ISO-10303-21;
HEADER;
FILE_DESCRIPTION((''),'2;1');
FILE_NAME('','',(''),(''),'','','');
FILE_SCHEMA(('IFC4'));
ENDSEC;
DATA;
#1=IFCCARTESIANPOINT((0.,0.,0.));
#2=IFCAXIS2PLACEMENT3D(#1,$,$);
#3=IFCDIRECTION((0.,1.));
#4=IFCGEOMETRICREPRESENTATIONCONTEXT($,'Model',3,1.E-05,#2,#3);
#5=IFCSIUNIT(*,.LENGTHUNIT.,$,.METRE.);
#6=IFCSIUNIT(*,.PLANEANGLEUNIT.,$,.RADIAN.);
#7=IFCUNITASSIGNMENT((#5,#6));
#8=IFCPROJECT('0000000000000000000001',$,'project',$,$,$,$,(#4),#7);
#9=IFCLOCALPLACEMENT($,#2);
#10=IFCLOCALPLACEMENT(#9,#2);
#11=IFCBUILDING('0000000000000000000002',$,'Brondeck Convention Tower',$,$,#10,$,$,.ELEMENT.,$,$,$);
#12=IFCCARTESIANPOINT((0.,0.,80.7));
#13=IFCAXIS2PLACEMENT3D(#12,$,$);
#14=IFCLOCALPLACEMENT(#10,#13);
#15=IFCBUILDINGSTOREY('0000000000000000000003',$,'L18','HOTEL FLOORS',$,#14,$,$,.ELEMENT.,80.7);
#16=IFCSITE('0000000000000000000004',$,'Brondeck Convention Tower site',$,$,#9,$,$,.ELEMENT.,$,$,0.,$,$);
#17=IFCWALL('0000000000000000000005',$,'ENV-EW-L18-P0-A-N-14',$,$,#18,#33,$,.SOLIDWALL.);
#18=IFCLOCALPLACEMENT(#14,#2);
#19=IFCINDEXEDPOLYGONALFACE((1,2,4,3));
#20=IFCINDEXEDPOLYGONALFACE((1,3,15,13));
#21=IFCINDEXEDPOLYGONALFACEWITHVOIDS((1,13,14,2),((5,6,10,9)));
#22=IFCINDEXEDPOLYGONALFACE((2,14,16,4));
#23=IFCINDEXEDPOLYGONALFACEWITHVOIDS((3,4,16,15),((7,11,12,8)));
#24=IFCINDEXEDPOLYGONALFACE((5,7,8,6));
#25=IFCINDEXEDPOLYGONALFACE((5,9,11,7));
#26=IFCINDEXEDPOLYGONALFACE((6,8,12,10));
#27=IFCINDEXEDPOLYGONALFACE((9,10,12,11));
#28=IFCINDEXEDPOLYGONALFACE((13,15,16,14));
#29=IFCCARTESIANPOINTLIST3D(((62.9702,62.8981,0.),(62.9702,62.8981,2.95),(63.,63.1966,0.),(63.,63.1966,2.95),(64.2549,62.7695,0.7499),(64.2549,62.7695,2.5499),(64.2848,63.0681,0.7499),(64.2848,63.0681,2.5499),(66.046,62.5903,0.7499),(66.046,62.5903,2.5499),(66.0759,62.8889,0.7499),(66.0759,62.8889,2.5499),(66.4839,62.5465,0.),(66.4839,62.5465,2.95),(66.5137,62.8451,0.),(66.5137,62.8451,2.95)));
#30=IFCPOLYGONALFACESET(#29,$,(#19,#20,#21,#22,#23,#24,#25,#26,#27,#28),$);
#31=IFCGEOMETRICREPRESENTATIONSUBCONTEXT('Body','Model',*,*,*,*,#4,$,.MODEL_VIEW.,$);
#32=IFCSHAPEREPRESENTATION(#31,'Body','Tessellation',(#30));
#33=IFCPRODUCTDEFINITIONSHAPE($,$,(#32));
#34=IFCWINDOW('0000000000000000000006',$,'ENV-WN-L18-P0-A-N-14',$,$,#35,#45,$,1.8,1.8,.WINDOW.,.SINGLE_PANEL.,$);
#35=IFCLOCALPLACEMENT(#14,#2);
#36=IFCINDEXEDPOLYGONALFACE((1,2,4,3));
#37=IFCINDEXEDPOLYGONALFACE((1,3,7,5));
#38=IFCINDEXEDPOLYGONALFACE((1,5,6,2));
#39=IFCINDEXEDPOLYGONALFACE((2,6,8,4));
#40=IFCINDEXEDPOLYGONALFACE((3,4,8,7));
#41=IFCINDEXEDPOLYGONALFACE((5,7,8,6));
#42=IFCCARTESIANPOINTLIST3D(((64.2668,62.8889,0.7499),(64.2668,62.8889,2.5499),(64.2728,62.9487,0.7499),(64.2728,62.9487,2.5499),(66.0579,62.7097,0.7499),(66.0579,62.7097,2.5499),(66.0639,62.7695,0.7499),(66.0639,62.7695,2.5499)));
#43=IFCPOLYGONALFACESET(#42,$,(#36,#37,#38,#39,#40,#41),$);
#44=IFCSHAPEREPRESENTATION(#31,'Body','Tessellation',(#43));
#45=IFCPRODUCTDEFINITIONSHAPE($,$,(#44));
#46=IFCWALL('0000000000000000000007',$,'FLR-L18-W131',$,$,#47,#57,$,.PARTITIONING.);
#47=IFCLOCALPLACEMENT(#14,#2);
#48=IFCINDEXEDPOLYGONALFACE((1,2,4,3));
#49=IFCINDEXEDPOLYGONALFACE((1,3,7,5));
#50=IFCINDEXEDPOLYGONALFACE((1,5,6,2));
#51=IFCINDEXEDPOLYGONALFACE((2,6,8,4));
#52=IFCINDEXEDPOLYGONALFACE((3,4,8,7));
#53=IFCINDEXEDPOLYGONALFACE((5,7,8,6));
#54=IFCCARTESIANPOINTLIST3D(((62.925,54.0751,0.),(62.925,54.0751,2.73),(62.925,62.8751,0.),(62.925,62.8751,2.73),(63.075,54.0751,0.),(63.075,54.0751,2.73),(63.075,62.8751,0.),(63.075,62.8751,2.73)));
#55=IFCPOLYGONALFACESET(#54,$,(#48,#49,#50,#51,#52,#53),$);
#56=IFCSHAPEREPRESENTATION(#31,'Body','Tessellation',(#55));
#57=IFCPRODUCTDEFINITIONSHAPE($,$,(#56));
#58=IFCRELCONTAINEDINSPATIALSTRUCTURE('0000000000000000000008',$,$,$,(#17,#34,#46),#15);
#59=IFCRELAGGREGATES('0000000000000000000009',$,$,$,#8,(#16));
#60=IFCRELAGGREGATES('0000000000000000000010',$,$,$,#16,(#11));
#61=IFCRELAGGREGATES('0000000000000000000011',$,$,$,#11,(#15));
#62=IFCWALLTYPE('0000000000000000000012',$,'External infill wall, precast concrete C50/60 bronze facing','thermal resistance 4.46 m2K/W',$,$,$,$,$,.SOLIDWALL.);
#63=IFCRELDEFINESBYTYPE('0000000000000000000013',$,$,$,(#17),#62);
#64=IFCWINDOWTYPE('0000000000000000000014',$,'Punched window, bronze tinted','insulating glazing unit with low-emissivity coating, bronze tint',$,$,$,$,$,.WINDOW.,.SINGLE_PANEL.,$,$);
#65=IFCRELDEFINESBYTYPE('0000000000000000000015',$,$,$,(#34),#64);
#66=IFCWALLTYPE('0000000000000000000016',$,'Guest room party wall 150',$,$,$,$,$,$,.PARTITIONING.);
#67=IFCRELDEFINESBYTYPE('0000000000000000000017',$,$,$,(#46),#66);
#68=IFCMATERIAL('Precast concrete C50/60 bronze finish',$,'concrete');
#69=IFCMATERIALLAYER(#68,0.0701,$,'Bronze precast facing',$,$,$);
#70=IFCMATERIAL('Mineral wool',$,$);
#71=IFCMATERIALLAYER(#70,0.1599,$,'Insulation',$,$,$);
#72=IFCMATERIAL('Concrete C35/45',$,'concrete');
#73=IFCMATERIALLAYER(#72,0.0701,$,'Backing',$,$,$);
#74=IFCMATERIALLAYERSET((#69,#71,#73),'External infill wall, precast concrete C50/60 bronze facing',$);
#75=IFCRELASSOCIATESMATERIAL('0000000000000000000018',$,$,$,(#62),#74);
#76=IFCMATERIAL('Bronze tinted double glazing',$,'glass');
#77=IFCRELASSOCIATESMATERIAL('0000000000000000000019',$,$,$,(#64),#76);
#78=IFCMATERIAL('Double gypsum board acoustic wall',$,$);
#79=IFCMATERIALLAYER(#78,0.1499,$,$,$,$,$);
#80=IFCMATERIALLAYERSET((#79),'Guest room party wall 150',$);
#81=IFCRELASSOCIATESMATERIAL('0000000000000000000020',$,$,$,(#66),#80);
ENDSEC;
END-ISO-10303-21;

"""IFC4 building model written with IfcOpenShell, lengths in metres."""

from ifc_helpers import new_model, si_unit, direction, frame, frame_2d, origin, place, context, subcontext, project, spatial, rectangle, extrude, material, layer, layer_set, type_object, element, fill, save


model = new_model("IFC4")

# Units and contexts
model_context = context("Model", 3, precision=1e-05, world=origin(), true_north=direction((0.0, 1.0)))
body_context = subcontext(model_context, "Body", "Model", "MODEL_VIEW")
ifc_project = project(units=[si_unit("LENGTHUNIT", "METRE"), si_unit("PLANEANGLEUNIT", "RADIAN")], contexts=[model_context])

# Site, building, storey
site_placement = place(None, origin())
site = spatial("IfcSite", under=ifc_project, at=site_placement, Name="Brondeck Convention Tower site", CompositionType="ELEMENT", RefElevation=0.0)
building_placement = place(site_placement, origin())
building = spatial("IfcBuilding", under=site, at=building_placement, Name="Brondeck Convention Tower", CompositionType="ELEMENT")
storey_placement = place(building_placement, frame((0.0, 0.0, 80.7)))
storey = spatial("IfcBuildingStorey", under=building, at=storey_placement, Name="L18", Description="HOTEL FLOORS", CompositionType="ELEMENT", Elevation=80.7)

# Shared definitions
ifc_material_1 = material(Name="Precast concrete C50/60 bronze finish", Category="concrete")
ifc_layer_1 = layer(ifc_material_1, 0.0701, Name="Bronze precast facing")
ifc_material_2 = material(Name="Mineral wool")
ifc_layer_2 = layer(ifc_material_2, 0.1599, Name="Insulation")
ifc_material_3 = material(Name="Concrete C35/45", Category="concrete")
ifc_layer_3 = layer(ifc_material_3, 0.0701, Name="Backing")
ifc_layer_set_1 = layer_set([ifc_layer_1, ifc_layer_2, ifc_layer_3], Name="External infill wall, precast concrete C50/60 bronze facing")
wall_type_1 = type_object("IfcWallType", Name="External infill wall, precast concrete C50/60 bronze facing", Description="thermal resistance 4.46 m2K/W", PredefinedType="SOLIDWALL", material=ifc_layer_set_1)
ifc_material_4 = material(Name="Bronze tinted double glazing", Category="glass")
window_type_1 = type_object("IfcWindowType", Name="Punched window, bronze tinted", Description="insulating glazing unit with low-emissivity coating, bronze tint", PartitioningType="SINGLE_PANEL", PredefinedType="WINDOW", material=ifc_material_4)

# Wall, opening, window
wall_1_placement = place(storey_placement, frame((62.9851, 63.0474, 0.0), z_axis=(0.0, 0.0, 1.0), x_axis=(0.995032, -0.099558, 0.0)))
wall_1 = element("IfcWall", 1, at=wall_1_placement, inside=storey, type_object=wall_type_1, Name="ENV-EW-L18-P0-A-N-14", PredefinedType="SOLIDWALL", context=body_context, shape_type="SweptSolid", body=[
    extrude(rectangle(XDim=3.5312, YDim=0.3, at=frame_2d((1.7656, 0.0))), origin(), (0.0, 0.0, 1.0), 2.95),
])
opening_1_placement = place(wall_1_placement, frame((1.2913, 0.0, 0.75)))
opening_1 = element("IfcOpeningElement", 2, at=opening_1_placement, cuts=wall_1, PredefinedType="OPENING", context=body_context, shape_type="SweptSolid", body=[
    extrude(rectangle(XDim=1.8, YDim=1.8, at=frame_2d((0.8999, 0.8999))), frame((0.0, 0.1599, 0.0), z_axis=(0.0, -1.0, 0.0), x_axis=(1.0, 0.0, 0.0)), (0.0, 0.0, 1.0), 0.3201),
])
window_1_placement = place(opening_1_placement, origin())
window_1 = element("IfcWindow", 3, at=window_1_placement, inside=storey, type_object=window_type_1, Name="ENV-WN-L18-P0-A-N-14", OverallHeight=1.8, OverallWidth=1.8, PartitioningType="SINGLE_PANEL", PredefinedType="WINDOW", context=body_context, shape_type="SweptSolid", body=[
    extrude(rectangle(XDim=1.8, YDim=1.8, at=frame_2d((0.8999, 0.8999))), frame((0.0, 0.03, 0.0), z_axis=(0.0, -1.0, 0.0), x_axis=(1.0, 0.0, 0.0)), (0.0, 0.0, 1.0), 0.0601),
])
fill(opening_1, window_1)

# Wall
ifc_material_5 = material(Name="Double gypsum board acoustic wall")
ifc_layer_4 = layer(ifc_material_5, 0.1499)
ifc_layer_set_2 = layer_set([ifc_layer_4], Name="Guest room party wall 150")
wall_type_2 = type_object("IfcWallType", Name="Guest room party wall 150", PredefinedType="PARTITIONING", material=ifc_layer_set_2)
wall_2_placement = place(storey_placement, frame((63.0, 62.875, 0.0), z_axis=(0.0, 0.0, 1.0), x_axis=(0.0, -1.0, 0.0)))
element("IfcWall", 4, at=wall_2_placement, inside=storey, type_object=wall_type_2, Name="FLR-L18-W131", PredefinedType="PARTITIONING", context=body_context, shape_type="SweptSolid", body=[
    extrude(rectangle(XDim=8.8, YDim=0.1499, at=frame_2d((4.3999, 0.0))), origin(), (0.0, 0.0, 1.0), 2.73),
])

save(model, "model.ifc")
